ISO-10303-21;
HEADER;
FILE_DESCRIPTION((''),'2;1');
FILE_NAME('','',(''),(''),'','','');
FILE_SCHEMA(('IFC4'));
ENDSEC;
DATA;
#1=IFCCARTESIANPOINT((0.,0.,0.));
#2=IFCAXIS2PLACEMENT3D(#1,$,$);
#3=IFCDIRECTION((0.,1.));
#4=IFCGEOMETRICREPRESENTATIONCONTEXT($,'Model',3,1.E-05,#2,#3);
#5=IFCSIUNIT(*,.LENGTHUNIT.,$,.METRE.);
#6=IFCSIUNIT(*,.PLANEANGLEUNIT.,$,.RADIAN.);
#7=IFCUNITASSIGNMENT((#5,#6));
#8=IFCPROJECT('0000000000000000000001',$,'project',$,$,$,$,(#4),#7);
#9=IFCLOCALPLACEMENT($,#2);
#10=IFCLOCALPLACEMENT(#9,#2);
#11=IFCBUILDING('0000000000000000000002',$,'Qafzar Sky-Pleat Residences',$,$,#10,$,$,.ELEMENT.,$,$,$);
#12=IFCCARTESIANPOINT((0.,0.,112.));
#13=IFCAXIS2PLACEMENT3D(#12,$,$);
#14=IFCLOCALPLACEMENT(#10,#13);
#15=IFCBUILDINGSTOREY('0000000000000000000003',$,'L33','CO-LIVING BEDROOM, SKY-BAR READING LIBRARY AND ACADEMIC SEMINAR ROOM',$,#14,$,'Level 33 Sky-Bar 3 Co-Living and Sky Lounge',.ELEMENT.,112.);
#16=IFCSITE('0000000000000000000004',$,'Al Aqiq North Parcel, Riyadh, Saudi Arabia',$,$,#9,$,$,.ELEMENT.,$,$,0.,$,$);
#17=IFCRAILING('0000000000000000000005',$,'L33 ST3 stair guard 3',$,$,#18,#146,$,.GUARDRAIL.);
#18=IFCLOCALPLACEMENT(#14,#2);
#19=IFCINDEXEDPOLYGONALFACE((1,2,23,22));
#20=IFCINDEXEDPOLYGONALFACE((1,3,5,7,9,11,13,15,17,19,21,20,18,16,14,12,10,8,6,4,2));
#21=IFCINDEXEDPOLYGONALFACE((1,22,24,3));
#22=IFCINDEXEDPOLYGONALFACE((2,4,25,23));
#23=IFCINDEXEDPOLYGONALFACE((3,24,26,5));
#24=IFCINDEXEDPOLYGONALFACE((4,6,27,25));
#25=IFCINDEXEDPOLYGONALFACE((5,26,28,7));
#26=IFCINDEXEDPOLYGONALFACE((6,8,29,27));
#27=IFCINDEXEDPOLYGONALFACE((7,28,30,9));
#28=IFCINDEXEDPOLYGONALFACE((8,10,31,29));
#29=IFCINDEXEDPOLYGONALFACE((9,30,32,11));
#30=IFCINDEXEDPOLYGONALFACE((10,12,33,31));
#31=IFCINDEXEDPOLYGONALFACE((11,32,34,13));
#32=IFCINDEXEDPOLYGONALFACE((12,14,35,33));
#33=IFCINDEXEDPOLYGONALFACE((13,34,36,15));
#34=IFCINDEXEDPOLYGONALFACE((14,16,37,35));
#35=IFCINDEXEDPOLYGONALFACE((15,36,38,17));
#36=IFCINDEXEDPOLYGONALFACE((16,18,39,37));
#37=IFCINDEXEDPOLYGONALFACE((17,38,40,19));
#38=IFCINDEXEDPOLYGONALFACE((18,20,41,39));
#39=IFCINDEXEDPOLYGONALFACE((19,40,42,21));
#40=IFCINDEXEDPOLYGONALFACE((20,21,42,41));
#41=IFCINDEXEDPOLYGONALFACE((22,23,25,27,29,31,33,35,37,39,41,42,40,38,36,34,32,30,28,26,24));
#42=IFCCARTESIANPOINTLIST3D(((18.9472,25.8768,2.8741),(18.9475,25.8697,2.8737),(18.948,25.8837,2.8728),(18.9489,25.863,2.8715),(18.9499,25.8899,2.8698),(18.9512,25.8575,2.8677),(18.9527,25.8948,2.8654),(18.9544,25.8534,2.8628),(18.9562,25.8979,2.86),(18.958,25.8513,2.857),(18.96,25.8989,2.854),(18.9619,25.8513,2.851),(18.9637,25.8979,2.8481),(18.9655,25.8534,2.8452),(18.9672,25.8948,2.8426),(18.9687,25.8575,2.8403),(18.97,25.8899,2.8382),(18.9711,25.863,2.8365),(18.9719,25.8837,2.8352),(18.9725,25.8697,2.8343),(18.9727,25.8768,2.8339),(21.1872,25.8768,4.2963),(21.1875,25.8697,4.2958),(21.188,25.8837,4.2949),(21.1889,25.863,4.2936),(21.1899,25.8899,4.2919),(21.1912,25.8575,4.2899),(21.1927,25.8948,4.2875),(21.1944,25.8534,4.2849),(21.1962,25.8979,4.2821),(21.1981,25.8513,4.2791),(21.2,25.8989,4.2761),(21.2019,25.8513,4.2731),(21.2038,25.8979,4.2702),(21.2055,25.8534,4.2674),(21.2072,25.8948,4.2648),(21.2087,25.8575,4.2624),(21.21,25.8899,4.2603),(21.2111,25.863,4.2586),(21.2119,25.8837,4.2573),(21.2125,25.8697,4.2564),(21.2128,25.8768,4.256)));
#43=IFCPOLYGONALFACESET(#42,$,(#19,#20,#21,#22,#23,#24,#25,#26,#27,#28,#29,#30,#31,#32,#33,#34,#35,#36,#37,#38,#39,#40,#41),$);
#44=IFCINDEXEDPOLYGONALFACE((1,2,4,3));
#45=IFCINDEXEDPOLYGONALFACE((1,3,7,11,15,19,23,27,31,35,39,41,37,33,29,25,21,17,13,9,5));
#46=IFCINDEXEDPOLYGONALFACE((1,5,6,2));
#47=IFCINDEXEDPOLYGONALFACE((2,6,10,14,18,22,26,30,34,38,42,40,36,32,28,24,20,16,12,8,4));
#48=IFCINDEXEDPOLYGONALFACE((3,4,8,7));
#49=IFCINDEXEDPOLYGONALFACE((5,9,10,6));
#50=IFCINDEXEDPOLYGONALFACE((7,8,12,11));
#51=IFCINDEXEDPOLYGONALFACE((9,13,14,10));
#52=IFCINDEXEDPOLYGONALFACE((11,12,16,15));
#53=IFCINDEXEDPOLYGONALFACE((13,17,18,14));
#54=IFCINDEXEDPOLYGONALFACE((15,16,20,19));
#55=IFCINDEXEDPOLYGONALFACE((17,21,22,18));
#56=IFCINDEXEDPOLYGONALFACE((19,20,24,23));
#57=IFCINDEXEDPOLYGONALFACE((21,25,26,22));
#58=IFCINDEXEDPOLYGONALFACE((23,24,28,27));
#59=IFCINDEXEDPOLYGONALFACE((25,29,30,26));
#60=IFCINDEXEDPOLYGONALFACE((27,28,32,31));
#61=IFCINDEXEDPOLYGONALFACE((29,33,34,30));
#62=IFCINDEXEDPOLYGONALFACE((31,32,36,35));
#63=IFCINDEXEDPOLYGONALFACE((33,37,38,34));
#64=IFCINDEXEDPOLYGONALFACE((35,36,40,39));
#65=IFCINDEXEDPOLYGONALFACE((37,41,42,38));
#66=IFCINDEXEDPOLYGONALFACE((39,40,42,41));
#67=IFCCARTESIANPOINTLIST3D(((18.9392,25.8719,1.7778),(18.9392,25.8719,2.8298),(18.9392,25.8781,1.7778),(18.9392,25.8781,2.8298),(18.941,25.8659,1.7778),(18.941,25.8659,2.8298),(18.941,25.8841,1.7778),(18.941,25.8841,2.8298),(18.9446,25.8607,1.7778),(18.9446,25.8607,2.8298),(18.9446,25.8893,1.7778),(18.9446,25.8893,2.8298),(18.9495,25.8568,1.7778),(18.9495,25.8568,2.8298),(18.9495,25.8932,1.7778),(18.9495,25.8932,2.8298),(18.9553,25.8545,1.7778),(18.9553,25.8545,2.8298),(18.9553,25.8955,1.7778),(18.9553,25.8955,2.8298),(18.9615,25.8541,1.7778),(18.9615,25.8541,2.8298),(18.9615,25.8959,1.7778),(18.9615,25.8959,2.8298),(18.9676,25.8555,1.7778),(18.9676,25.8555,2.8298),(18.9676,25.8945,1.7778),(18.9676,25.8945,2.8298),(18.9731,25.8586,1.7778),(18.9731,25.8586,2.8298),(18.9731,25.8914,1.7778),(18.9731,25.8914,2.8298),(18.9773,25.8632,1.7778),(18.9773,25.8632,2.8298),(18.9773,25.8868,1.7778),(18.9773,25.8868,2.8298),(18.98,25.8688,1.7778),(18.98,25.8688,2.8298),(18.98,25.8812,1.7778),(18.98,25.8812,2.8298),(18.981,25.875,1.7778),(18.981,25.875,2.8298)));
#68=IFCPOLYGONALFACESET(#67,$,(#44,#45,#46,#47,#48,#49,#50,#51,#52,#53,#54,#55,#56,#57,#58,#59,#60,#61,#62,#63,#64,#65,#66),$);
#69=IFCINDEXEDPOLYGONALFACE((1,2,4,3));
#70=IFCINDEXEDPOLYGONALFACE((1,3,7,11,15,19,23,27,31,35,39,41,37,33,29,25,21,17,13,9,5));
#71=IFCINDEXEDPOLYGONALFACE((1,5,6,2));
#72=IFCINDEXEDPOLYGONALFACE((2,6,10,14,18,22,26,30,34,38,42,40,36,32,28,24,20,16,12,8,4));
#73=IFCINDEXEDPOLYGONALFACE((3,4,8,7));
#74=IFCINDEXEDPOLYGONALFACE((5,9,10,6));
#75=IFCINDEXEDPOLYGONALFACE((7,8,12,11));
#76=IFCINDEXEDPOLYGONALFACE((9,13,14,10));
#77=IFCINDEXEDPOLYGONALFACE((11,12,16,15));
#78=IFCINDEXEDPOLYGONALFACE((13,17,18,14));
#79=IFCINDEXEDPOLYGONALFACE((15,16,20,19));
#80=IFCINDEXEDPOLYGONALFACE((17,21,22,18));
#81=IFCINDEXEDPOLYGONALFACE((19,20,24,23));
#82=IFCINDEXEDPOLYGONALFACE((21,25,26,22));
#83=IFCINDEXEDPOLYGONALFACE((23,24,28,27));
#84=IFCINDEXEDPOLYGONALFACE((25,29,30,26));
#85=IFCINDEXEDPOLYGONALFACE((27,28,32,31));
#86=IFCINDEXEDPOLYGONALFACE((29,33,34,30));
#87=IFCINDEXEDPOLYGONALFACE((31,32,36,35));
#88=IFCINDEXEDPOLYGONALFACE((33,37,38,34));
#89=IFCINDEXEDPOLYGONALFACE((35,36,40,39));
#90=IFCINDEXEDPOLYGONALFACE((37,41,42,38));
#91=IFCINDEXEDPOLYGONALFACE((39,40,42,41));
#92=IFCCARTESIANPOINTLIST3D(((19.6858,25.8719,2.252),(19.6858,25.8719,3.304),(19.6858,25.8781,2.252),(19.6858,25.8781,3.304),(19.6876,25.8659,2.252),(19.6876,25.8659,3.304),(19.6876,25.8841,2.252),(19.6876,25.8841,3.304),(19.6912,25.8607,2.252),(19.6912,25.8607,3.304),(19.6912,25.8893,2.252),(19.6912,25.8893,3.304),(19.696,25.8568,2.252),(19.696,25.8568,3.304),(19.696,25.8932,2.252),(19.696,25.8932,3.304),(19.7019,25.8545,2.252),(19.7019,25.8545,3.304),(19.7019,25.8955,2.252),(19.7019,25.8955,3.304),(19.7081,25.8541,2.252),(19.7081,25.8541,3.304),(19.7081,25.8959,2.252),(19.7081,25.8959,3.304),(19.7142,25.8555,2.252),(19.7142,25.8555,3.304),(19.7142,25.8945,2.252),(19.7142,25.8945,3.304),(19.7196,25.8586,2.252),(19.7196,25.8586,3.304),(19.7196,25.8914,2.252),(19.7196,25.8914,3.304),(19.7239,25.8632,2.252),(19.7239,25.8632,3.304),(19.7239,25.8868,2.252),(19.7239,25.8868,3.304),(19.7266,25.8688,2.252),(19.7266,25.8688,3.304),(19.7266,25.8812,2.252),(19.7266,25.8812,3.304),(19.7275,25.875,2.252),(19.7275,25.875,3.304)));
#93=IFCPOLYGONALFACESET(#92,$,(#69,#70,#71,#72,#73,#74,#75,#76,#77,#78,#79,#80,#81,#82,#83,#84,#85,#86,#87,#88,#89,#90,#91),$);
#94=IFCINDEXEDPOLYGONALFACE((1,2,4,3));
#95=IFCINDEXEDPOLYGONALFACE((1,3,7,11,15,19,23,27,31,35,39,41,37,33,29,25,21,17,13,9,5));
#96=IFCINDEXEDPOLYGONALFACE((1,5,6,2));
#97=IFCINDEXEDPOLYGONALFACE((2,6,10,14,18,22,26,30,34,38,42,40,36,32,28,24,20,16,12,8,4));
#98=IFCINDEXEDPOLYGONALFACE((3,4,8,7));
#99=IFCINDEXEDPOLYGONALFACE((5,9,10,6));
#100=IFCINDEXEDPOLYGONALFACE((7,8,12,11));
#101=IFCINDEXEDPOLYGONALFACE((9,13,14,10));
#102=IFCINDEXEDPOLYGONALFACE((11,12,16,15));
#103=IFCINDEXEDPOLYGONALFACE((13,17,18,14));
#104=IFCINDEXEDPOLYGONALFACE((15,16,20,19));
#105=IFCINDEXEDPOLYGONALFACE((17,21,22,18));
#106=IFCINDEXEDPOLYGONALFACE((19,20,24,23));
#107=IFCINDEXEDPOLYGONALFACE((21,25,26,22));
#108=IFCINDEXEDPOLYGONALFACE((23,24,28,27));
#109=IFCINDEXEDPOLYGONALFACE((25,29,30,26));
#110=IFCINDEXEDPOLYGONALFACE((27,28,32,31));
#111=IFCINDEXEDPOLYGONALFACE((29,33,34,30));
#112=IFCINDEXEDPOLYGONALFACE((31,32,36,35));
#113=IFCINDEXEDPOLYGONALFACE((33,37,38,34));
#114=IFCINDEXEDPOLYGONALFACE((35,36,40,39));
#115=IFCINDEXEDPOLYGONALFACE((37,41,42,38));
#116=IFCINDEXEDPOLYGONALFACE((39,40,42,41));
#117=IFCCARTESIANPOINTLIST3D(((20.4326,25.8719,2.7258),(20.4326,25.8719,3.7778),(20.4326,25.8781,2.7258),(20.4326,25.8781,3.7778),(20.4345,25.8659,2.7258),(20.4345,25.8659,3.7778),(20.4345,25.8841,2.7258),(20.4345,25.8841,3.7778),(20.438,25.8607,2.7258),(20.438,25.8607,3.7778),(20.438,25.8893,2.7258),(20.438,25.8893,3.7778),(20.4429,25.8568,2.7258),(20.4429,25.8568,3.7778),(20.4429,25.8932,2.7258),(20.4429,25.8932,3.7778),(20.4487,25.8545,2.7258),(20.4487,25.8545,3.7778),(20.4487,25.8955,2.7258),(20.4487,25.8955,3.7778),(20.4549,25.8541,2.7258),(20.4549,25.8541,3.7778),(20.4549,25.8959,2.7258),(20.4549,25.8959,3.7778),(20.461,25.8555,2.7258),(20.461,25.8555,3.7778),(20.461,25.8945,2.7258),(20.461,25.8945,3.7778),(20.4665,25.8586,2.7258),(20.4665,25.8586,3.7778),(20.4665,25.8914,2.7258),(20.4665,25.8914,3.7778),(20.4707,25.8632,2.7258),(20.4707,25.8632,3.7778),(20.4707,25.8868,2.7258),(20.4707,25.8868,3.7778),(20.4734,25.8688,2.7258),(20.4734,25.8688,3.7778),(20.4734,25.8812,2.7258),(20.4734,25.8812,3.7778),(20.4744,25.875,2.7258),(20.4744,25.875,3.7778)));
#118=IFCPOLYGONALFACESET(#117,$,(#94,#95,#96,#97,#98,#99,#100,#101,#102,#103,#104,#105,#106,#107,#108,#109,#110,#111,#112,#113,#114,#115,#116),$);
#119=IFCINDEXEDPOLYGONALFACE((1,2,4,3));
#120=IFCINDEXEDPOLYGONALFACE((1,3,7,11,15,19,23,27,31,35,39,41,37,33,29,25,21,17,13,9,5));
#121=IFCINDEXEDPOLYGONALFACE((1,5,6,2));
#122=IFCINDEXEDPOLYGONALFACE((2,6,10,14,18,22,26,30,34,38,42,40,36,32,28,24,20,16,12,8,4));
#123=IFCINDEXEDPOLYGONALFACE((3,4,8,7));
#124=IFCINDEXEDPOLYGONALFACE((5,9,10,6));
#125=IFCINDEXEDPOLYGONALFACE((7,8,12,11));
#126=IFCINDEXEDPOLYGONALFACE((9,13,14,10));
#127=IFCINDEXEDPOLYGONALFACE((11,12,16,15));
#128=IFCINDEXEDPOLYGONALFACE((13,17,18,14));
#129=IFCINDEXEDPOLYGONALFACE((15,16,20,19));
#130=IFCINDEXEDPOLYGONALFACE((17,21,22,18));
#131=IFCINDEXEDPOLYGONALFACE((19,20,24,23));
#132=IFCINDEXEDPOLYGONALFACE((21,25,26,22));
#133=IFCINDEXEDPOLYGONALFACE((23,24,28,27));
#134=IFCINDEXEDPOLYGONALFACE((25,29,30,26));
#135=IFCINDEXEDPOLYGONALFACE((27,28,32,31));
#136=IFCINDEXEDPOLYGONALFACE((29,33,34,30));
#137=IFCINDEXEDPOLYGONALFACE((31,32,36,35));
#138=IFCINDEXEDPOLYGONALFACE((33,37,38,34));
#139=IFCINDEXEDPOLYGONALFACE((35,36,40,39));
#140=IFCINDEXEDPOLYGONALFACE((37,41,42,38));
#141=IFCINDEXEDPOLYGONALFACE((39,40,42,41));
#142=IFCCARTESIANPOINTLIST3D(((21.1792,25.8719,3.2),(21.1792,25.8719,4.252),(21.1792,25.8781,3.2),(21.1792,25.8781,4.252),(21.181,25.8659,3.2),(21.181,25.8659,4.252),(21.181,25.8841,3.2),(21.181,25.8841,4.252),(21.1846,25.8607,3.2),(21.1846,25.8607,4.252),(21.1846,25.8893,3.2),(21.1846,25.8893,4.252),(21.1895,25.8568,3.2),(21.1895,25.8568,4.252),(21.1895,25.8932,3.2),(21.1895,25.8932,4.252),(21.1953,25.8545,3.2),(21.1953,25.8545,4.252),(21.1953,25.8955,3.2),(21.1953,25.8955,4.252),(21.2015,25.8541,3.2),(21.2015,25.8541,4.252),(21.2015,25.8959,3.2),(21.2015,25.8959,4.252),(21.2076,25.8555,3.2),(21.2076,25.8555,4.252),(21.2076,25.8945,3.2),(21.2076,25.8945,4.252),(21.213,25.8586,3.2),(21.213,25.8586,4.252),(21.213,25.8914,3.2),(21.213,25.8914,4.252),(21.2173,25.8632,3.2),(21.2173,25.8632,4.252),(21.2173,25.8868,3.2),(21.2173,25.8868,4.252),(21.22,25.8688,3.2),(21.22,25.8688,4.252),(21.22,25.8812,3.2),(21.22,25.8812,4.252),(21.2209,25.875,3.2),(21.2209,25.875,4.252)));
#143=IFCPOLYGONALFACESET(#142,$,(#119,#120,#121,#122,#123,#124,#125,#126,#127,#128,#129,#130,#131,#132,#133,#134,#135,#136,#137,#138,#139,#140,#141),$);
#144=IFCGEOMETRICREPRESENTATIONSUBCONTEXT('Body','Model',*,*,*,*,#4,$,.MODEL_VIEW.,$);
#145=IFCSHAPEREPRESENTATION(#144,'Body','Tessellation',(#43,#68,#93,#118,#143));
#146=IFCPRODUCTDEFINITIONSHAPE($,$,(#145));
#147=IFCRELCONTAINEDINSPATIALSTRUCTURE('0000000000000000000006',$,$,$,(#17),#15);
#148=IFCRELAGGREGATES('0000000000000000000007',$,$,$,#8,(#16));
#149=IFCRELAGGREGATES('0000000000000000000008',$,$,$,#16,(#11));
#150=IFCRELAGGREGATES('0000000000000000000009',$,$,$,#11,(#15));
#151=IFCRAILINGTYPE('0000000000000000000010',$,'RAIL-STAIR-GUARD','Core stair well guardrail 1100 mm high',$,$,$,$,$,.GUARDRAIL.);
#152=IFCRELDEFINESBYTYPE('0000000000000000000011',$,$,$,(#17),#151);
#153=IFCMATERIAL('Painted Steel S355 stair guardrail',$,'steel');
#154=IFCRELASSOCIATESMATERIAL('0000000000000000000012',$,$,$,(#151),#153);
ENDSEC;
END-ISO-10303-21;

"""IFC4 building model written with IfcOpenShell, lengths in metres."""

from ifc_helpers import new_model, si_unit, direction, frame, origin, origin_2d, place, context, subcontext, project, spatial, circle, extrude, source, transform, mapped, material, type_object, element, save


model = new_model("IFC4")

# Units and contexts
model_context = context("Model", 3, precision=1e-05, world=origin(), true_north=direction((0.0, 1.0)))
body_context = subcontext(model_context, "Body", "Model", "MODEL_VIEW")
ifc_project = project(units=[si_unit("LENGTHUNIT", "METRE"), si_unit("PLANEANGLEUNIT", "RADIAN")], contexts=[model_context])

# Site, building, storey
site_placement = place(None, origin())
site = spatial("IfcSite", under=ifc_project, at=site_placement, Name="Al Aqiq North Parcel, Riyadh, Saudi Arabia", CompositionType="ELEMENT", RefElevation=0.0)
building_placement = place(site_placement, origin())
building = spatial("IfcBuilding", under=site, at=building_placement, Name="Qafzar Sky-Pleat Residences", CompositionType="ELEMENT")
storey_placement = place(building_placement, frame((0.0, 0.0, 112.0)))
storey = spatial("IfcBuildingStorey", under=building, at=storey_placement, Name="L33", Description="CO-LIVING BEDROOM, SKY-BAR READING LIBRARY AND ACADEMIC SEMINAR ROOM", LongName="Level 33 Sky-Bar 3 Co-Living and Sky Lounge", CompositionType="ELEMENT", Elevation=112.0)

# Railing
ifc_material_1 = material(Name="Painted Steel S355 stair guardrail", Category="steel")
railing_type_1 = type_object("IfcRailingType", Name="RAIL-STAIR-GUARD", Description="Core stair well guardrail 1100 mm high", PredefinedType="GUARDRAIL", material=ifc_material_1)
shared_shape_1 = source(origin(), body_context, "Body", "SweptSolid", [
    extrude(circle(Radius=0.0239, at=origin_2d()), frame((0.0, 0.0, 1.0762), z_axis=(0.844229, 0.0, 0.535982), x_axis=(0.0, 1.0, 0.0)), (0.0, 0.0, 1.0), 2.6533),
    extrude(circle(Radius=0.021, at=origin_2d()), origin(), (0.0, 0.0, 1.0), 1.052),
    extrude(circle(Radius=0.021, at=origin_2d()), frame((0.7466, 0.0, 0.4741)), (0.0, 0.0, 1.0), 1.052),
    extrude(circle(Radius=0.021, at=origin_2d()), frame((1.4934, 0.0, 0.948)), (0.0, 0.0, 1.0), 1.052),
    extrude(circle(Radius=0.021, at=origin_2d()), frame((2.24, 0.0, 1.4221)), (0.0, 0.0, 1.0), 1.052),
])
railing_1_placement = place(storey_placement, frame((18.96, 25.875, 1.7778)))
element("IfcRailing", 1, at=railing_1_placement, inside=storey, type_object=railing_type_1, Name="L33 ST3 stair guard 3", PredefinedType="GUARDRAIL", context=body_context, shape_type="MappedRepresentation", body=[
    mapped(shared_shape_1, transform((0.0, 0.0, 0.0), x_axis=(1.0, 0.0, 0.0), y_axis=(0.0, 1.0, 0.0), z_axis=(0.0, 0.0, 1.0), scale=1.0)),
])

save(model, "model.ifc")
